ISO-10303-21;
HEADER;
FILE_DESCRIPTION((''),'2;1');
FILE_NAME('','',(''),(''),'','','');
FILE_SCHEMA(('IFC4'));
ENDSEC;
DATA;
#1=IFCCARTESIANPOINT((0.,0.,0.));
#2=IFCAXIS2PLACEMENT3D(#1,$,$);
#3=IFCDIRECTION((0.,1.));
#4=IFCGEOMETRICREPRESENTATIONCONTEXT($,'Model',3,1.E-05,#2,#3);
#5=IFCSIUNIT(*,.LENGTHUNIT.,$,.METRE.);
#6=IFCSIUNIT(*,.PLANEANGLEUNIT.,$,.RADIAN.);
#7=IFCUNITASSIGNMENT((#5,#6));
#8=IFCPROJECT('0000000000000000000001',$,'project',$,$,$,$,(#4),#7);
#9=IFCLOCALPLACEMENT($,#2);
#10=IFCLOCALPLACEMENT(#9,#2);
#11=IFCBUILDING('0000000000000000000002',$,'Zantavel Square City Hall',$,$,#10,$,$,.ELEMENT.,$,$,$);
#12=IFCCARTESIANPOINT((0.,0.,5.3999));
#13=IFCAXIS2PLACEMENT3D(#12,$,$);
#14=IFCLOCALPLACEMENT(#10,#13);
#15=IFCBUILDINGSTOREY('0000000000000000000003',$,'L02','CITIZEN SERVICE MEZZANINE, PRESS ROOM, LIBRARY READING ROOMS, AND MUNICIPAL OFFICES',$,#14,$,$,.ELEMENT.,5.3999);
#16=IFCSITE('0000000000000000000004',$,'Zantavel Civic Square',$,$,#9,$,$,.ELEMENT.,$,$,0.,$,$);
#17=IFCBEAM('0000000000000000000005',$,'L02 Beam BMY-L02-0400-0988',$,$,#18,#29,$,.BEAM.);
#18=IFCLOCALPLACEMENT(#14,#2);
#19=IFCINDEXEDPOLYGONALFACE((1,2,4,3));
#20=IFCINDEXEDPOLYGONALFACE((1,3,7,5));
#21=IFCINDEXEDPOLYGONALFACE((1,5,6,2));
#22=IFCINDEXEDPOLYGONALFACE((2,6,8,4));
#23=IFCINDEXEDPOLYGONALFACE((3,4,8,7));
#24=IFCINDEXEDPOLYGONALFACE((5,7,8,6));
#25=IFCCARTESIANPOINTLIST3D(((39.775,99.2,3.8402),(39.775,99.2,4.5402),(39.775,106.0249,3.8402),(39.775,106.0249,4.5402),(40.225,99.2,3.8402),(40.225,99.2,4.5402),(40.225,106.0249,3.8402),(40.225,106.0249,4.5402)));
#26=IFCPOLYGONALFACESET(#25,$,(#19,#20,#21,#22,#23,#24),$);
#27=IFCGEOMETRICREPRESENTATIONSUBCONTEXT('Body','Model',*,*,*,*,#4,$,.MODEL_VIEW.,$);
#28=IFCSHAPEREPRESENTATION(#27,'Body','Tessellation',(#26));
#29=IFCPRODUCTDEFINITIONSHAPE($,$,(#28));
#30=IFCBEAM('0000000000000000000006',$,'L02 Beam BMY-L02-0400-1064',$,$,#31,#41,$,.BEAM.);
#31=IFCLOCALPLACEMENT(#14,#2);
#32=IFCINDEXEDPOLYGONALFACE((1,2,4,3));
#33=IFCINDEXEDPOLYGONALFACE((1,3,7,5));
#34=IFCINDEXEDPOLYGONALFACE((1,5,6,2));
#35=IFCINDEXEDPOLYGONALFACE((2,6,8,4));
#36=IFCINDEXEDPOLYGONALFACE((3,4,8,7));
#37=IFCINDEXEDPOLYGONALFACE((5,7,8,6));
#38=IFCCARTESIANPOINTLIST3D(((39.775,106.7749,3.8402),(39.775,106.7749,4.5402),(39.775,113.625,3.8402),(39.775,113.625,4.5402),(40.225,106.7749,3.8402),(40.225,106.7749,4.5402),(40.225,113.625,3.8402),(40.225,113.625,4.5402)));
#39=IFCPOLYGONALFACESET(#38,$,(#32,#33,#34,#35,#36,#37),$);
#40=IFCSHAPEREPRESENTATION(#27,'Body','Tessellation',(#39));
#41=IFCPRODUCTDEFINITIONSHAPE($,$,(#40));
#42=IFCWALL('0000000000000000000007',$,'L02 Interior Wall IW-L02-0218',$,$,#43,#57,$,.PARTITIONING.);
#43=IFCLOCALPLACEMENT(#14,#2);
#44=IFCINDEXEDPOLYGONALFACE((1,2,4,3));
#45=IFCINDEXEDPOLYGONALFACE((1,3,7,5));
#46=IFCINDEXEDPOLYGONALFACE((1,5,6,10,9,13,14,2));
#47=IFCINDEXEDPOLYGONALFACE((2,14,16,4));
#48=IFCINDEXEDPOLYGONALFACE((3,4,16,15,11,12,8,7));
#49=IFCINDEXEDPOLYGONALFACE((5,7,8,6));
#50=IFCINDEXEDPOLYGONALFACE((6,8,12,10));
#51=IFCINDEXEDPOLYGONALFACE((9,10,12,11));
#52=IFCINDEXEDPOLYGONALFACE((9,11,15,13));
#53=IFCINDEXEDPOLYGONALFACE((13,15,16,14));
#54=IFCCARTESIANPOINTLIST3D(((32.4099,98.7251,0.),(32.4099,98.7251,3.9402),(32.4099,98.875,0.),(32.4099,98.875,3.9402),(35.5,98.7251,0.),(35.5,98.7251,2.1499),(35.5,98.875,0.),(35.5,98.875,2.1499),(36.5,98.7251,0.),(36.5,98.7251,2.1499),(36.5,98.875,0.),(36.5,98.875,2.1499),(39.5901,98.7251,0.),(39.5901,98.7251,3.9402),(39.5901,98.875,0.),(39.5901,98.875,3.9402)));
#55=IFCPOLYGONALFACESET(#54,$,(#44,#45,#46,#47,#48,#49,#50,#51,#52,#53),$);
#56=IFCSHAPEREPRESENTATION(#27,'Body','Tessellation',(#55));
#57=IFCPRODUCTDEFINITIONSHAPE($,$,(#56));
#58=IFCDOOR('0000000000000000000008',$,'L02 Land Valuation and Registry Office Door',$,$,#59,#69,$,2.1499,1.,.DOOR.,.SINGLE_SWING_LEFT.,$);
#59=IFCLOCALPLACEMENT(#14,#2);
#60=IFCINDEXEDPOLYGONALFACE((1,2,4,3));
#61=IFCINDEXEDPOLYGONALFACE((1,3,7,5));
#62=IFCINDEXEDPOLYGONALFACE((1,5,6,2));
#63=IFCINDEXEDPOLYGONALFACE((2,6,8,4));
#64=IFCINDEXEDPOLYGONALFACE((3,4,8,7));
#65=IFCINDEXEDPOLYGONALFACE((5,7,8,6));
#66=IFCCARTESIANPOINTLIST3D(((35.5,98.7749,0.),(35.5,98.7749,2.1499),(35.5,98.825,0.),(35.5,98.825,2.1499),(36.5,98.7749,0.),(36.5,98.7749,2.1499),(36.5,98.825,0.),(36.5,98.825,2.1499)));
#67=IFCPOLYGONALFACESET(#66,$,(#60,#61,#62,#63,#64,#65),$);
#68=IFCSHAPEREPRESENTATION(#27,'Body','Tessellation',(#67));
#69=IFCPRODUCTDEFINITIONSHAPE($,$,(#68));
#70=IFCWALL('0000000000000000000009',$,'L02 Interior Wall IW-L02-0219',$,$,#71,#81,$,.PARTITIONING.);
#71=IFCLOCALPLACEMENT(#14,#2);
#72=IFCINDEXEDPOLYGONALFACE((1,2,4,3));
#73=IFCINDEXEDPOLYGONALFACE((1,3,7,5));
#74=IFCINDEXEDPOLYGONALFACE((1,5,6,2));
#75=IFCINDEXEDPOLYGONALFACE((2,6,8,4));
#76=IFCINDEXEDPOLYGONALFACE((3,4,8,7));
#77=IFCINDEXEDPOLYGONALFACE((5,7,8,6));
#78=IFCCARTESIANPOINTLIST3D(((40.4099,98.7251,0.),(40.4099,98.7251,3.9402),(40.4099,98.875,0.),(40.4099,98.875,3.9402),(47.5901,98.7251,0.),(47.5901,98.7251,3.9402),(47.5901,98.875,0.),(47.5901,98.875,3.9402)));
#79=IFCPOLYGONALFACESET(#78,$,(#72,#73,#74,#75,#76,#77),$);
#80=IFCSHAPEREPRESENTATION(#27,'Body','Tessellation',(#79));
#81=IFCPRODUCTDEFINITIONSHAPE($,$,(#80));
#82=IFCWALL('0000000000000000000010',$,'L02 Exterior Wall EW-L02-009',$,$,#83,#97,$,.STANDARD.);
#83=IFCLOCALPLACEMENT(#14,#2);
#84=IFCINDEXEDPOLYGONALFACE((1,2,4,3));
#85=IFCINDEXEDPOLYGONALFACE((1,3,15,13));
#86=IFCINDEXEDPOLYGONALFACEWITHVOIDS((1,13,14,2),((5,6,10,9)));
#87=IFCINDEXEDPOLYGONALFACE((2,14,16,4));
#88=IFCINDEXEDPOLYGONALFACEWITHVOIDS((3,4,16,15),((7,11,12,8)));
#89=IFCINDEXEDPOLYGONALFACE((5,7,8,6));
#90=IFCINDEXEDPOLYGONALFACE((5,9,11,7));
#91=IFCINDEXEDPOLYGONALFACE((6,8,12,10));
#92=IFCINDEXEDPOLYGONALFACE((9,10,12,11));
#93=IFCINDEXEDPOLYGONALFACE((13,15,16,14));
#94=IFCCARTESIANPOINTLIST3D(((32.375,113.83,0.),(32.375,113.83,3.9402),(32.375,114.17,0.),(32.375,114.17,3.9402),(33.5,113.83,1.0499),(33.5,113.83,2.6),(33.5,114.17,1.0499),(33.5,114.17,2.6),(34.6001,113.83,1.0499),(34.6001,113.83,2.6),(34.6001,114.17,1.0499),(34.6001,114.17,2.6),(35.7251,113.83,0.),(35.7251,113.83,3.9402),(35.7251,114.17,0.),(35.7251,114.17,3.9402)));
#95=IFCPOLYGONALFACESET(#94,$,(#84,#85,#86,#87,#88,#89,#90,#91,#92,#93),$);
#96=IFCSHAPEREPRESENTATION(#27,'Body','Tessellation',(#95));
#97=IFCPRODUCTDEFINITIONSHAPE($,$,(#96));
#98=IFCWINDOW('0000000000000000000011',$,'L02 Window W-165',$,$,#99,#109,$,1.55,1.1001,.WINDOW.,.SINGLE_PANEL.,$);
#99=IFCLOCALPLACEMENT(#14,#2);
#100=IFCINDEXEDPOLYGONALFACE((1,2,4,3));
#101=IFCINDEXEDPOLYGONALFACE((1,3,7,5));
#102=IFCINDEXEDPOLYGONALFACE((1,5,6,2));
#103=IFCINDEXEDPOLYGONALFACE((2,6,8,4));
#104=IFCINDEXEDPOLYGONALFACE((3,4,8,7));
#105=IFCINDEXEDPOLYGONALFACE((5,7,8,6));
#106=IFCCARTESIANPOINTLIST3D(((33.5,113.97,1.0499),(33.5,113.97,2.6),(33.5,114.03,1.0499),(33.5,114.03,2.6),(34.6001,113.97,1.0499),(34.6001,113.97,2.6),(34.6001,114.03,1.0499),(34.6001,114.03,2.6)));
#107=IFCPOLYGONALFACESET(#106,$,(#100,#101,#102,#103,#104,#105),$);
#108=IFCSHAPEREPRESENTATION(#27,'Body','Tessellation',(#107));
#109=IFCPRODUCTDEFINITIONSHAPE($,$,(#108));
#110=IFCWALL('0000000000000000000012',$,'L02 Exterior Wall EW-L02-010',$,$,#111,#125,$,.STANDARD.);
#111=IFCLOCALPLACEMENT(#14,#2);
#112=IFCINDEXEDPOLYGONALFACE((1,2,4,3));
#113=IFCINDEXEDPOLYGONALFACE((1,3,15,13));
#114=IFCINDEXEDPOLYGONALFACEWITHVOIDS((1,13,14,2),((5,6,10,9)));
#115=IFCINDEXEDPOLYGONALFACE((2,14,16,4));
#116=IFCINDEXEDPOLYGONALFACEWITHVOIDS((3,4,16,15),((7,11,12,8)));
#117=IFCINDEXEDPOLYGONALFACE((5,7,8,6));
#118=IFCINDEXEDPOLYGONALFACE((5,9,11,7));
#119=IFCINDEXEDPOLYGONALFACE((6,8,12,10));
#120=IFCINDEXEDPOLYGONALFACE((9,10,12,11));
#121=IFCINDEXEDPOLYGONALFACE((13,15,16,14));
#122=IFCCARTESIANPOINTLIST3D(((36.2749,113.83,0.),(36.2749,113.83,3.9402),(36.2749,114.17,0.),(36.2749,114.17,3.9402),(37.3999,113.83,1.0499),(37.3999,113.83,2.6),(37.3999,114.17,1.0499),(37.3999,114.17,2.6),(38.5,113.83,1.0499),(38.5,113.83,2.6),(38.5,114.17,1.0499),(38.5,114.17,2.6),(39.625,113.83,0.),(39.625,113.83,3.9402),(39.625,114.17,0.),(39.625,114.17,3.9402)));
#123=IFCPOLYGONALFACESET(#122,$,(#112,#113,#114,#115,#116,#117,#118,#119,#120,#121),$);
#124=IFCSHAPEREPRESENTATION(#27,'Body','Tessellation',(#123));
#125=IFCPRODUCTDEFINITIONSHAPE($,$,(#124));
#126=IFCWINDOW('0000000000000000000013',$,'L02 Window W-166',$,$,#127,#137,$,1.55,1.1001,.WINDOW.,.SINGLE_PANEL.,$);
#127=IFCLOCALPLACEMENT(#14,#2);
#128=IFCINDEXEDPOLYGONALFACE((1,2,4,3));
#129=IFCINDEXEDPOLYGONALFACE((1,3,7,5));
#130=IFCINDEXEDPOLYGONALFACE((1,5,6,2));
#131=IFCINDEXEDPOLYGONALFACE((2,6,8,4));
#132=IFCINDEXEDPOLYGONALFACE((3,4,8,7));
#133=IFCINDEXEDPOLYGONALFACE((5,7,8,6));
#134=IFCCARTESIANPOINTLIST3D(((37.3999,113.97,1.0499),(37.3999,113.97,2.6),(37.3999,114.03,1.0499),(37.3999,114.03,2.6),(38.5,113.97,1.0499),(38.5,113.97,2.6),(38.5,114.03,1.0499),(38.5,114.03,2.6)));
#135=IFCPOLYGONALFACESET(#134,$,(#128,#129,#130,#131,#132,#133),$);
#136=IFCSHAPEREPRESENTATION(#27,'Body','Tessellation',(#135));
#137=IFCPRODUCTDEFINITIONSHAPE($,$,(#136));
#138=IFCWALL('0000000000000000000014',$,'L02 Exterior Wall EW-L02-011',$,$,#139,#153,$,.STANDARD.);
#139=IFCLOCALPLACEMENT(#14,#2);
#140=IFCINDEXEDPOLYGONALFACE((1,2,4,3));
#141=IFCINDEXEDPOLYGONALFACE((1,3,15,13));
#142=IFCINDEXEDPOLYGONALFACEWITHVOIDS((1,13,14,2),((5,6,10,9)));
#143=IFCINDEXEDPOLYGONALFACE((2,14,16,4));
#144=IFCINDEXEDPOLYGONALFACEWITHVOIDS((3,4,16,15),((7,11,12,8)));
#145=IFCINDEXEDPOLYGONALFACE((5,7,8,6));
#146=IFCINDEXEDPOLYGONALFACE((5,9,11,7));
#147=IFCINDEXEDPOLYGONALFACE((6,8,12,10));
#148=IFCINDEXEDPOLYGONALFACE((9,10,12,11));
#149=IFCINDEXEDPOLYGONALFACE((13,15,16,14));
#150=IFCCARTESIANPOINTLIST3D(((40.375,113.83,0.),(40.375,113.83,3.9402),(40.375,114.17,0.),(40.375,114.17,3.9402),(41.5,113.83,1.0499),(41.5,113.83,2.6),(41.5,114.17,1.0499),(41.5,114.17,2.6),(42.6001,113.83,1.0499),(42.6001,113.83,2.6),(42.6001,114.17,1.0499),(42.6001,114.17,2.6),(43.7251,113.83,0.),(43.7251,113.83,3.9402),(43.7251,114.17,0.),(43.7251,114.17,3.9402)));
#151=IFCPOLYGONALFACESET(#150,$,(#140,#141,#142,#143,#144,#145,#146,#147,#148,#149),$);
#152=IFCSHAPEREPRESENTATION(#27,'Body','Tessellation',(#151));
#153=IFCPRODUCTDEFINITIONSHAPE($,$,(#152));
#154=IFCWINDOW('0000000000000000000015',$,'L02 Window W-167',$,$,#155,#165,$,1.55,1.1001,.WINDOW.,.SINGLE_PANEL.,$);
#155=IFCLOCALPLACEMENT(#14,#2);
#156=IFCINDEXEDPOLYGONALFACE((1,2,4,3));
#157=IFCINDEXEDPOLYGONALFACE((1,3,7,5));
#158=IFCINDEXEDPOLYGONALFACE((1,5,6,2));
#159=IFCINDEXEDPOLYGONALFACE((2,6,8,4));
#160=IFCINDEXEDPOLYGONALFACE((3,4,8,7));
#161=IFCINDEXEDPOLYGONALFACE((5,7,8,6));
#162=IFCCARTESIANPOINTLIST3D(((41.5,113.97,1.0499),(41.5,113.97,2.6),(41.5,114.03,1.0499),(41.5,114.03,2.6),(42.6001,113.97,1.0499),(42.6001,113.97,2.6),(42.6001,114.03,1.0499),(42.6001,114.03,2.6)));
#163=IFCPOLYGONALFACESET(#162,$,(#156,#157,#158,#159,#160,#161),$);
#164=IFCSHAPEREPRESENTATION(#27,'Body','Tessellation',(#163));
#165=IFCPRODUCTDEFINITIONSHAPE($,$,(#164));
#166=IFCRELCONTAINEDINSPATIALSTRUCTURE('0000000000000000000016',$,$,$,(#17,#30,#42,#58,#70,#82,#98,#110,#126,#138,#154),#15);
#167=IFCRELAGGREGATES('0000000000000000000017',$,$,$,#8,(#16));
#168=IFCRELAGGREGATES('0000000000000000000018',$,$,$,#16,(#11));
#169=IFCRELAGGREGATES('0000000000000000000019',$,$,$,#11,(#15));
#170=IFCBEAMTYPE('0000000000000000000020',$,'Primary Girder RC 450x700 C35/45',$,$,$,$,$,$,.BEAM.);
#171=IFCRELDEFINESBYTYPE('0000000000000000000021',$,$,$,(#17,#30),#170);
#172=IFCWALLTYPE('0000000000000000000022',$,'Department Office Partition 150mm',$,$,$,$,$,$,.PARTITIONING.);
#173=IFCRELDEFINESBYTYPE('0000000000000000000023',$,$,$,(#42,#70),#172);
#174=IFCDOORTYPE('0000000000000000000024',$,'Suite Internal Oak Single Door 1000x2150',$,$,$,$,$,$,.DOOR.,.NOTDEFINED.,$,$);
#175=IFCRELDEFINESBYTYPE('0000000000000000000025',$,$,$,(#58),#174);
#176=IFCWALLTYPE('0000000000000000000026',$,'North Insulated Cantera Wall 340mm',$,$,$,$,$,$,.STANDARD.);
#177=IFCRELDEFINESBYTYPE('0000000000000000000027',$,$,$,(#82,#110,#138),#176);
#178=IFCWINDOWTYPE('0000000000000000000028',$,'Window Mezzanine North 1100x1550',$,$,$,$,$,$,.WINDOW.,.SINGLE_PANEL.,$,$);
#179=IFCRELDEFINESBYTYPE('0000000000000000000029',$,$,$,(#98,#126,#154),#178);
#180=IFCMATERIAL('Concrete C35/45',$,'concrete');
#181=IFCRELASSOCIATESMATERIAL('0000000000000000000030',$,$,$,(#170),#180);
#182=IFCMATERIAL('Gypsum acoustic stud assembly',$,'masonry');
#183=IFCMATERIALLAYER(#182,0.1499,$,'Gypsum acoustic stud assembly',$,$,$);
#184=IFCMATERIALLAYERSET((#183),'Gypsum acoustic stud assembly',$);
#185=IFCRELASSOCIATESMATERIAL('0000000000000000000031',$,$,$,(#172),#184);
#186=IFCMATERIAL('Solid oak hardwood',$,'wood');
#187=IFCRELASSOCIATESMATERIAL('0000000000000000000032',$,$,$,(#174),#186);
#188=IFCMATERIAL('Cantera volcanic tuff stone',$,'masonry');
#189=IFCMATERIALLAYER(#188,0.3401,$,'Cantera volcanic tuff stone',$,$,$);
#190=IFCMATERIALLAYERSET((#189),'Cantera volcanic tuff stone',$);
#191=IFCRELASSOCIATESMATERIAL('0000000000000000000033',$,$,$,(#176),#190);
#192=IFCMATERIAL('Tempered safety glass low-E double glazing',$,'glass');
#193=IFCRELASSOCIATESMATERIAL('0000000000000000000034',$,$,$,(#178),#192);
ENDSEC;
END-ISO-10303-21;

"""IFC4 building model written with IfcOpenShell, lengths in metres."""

from ifc_helpers import new_model, si_unit, direction, frame, frame_2d, origin, origin_2d, place, context, subcontext, project, spatial, rectangle, extrude, material, layer, layer_set, material_profile, profile_set, type_object, element, fill, save


model = new_model("IFC4")

# Units and contexts
model_context = context("Model", 3, precision=1e-05, world=origin(), true_north=direction((0.0, 1.0)))
body_context = subcontext(model_context, "Body", "Model", "MODEL_VIEW")
ifc_project = project(units=[si_unit("LENGTHUNIT", "METRE"), si_unit("PLANEANGLEUNIT", "RADIAN")], contexts=[model_context])

# Site, building, storey
site_placement = place(None, origin())
site = spatial("IfcSite", under=ifc_project, at=site_placement, Name="Zantavel Civic Square", CompositionType="ELEMENT", RefElevation=0.0)
building_placement = place(site_placement, origin())
building = spatial("IfcBuilding", under=site, at=building_placement, Name="Zantavel Square City Hall", CompositionType="ELEMENT")
storey_placement = place(building_placement, frame((0.0, 0.0, 5.3999)))
storey = spatial("IfcBuildingStorey", under=building, at=storey_placement, Name="L02", Description="CITIZEN SERVICE MEZZANINE, PRESS ROOM, LIBRARY READING ROOMS, AND MUNICIPAL OFFICES", CompositionType="ELEMENT", Elevation=5.3999)

# Beams
ifc_material_1 = material(Name="Concrete C35/45", Category="concrete")
ifc_material_profile_1 = material_profile(ifc_material_1, rectangle(XDim=0.45, YDim=0.7, at=origin_2d()), Name="RC 450x700")
ifc_profile_set_1 = profile_set([ifc_material_profile_1], Name="Concrete C35/45")
beam_type_1 = type_object("IfcBeamType", Name="Primary Girder RC 450x700 C35/45", PredefinedType="BEAM", material=ifc_profile_set_1)
beam_1_placement = place(storey_placement, frame((40.0, 99.2, 4.1902), z_axis=(0.0, 1.0, 0.0), x_axis=(-1.0, 0.0, 0.0)))
element("IfcBeam", 1, at=beam_1_placement, inside=storey, type_object=beam_type_1, Name="L02 Beam BMY-L02-0400-0988", PredefinedType="BEAM", context=body_context, shape_type="SweptSolid", body=[
    extrude(rectangle(XDim=0.45, YDim=0.7, at=origin_2d()), origin(), (0.0, 0.0, 1.0), 6.825),
])
beam_2_placement = place(storey_placement, frame((40.0, 106.7749, 4.1902), z_axis=(0.0, 1.0, 0.0), x_axis=(-1.0, 0.0, 0.0)))
element("IfcBeam", 2, at=beam_2_placement, inside=storey, type_object=beam_type_1, Name="L02 Beam BMY-L02-0400-1064", PredefinedType="BEAM", context=body_context, shape_type="SweptSolid", body=[
    extrude(rectangle(XDim=0.45, YDim=0.7, at=origin_2d()), origin(), (0.0, 0.0, 1.0), 6.8501),
])

# Wall, opening, door
ifc_material_2 = material(Name="Gypsum acoustic stud assembly", Category="masonry")
ifc_layer_1 = layer(ifc_material_2, 0.1499, Name="Gypsum acoustic stud assembly")
ifc_layer_set_1 = layer_set([ifc_layer_1], Name="Gypsum acoustic stud assembly")
wall_type_1 = type_object("IfcWallType", Name="Department Office Partition 150mm", PredefinedType="PARTITIONING", material=ifc_layer_set_1)
wall_1_placement = place(storey_placement, frame((32.4099, 98.8, 0.0), z_axis=(0.0, 0.0, 1.0), x_axis=(1.0, 0.0, 0.0)))
wall_1 = element("IfcWall", 3, at=wall_1_placement, inside=storey, type_object=wall_type_1, Name="L02 Interior Wall IW-L02-0218", PredefinedType="PARTITIONING", context=body_context, shape_type="SweptSolid", body=[
    extrude(rectangle(XDim=7.1802, YDim=0.1499, at=frame_2d((3.5901, 0.0))), origin(), (0.0, 0.0, 1.0), 3.9402),
])
opening_1_placement = place(wall_1_placement, frame((3.0901, 0.0, 0.0)))
opening_1 = element("IfcOpeningElement", 4, at=opening_1_placement, cuts=wall_1, PredefinedType="OPENING", context=body_context, shape_type="SweptSolid", body=[
    extrude(rectangle(XDim=1.0, YDim=2.1499, at=frame_2d((0.5, 1.075))), frame((0.0, 0.085, 0.0), z_axis=(0.0, -1.0, 0.0), x_axis=(1.0, 0.0, 0.0)), (0.0, 0.0, 1.0), 0.1699),
])
ifc_material_3 = material(Name="Solid oak hardwood", Category="wood")
door_type = type_object("IfcDoorType", Name="Suite Internal Oak Single Door 1000x2150", OperationType="NOTDEFINED", PredefinedType="DOOR", material=ifc_material_3)
door_placement = place(opening_1_placement, origin())
door = element("IfcDoor", 5, at=door_placement, inside=storey, type_object=door_type, Name="L02 Land Valuation and Registry Office Door", OperationType="SINGLE_SWING_LEFT", OverallHeight=2.1499, OverallWidth=1.0, PredefinedType="DOOR", context=body_context, shape_type="SweptSolid", body=[
    extrude(rectangle(XDim=1.0, YDim=2.1499, at=frame_2d((0.5, 1.075))), frame((0.0, 0.0249, 0.0), z_axis=(0.0, -1.0, 0.0), x_axis=(1.0, 0.0, 0.0)), (0.0, 0.0, 1.0), 0.05),
])
fill(opening_1, door)

# Wall
wall_2_placement = place(storey_placement, frame((40.4099, 98.8, 0.0), z_axis=(0.0, 0.0, 1.0), x_axis=(1.0, 0.0, 0.0)))
element("IfcWall", 6, at=wall_2_placement, inside=storey, type_object=wall_type_1, Name="L02 Interior Wall IW-L02-0219", PredefinedType="PARTITIONING", context=body_context, shape_type="SweptSolid", body=[
    extrude(rectangle(XDim=7.1802, YDim=0.1499, at=frame_2d((3.5901, 0.0))), origin(), (0.0, 0.0, 1.0), 3.9402),
])

# Walls, openings, windows
ifc_material_4 = material(Name="Cantera volcanic tuff stone", Category="masonry")
ifc_layer_2 = layer(ifc_material_4, 0.3401, Name="Cantera volcanic tuff stone")
ifc_layer_set_2 = layer_set([ifc_layer_2], Name="Cantera volcanic tuff stone")
wall_type_2 = type_object("IfcWallType", Name="North Insulated Cantera Wall 340mm", PredefinedType="STANDARD", material=ifc_layer_set_2)
wall_3_placement = place(storey_placement, frame((32.375, 114.0, 0.0), z_axis=(0.0, 0.0, 1.0), x_axis=(1.0, 0.0, 0.0)))
wall_3 = element("IfcWall", 7, at=wall_3_placement, inside=storey, type_object=wall_type_2, Name="L02 Exterior Wall EW-L02-009", PredefinedType="STANDARD", context=body_context, shape_type="SweptSolid", body=[
    extrude(rectangle(XDim=3.3501, YDim=0.3401, at=frame_2d((1.675, 0.0))), origin(), (0.0, 0.0, 1.0), 3.9402),
])
opening_2_placement = place(wall_3_placement, frame((1.125, 0.0, 1.05)))
opening_2 = element("IfcOpeningElement", 8, at=opening_2_placement, cuts=wall_3, PredefinedType="OPENING", context=body_context, shape_type="SweptSolid", body=[
    extrude(rectangle(XDim=1.1001, YDim=1.55, at=frame_2d((0.55, 0.7749))), frame((0.0, 0.1799, 0.0), z_axis=(0.0, -1.0, 0.0), x_axis=(1.0, 0.0, 0.0)), (0.0, 0.0, 1.0), 0.3601),
])
ifc_material_5 = material(Name="Tempered safety glass low-E double glazing", Category="glass")
window_type = type_object("IfcWindowType", Name="Window Mezzanine North 1100x1550", PartitioningType="SINGLE_PANEL", PredefinedType="WINDOW", material=ifc_material_5)
window_1_placement = place(opening_2_placement, origin())
window_1 = element("IfcWindow", 9, at=window_1_placement, inside=storey, type_object=window_type, Name="L02 Window W-165", OverallHeight=1.55, OverallWidth=1.1001, PartitioningType="SINGLE_PANEL", PredefinedType="WINDOW", context=body_context, shape_type="SweptSolid", body=[
    extrude(rectangle(XDim=1.1001, YDim=1.55, at=frame_2d((0.55, 0.7749))), frame((0.0, 0.03, 0.0), z_axis=(0.0, -1.0, 0.0), x_axis=(1.0, 0.0, 0.0)), (0.0, 0.0, 1.0), 0.0601),
])
fill(opening_2, window_1)
wall_4_placement = place(storey_placement, frame((36.2749, 114.0, 0.0), z_axis=(0.0, 0.0, 1.0), x_axis=(1.0, 0.0, 0.0)))
wall_4 = element("IfcWall", 10, at=wall_4_placement, inside=storey, type_object=wall_type_2, Name="L02 Exterior Wall EW-L02-010", PredefinedType="STANDARD", context=body_context, shape_type="SweptSolid", body=[
    extrude(rectangle(XDim=3.3501, YDim=0.3401, at=frame_2d((1.675, 0.0))), origin(), (0.0, 0.0, 1.0), 3.9402),
])
opening_3_placement = place(wall_4_placement, frame((1.125, 0.0, 1.05)))
opening_3 = element("IfcOpeningElement", 11, at=opening_3_placement, cuts=wall_4, PredefinedType="OPENING", context=body_context, shape_type="SweptSolid", body=[
    extrude(rectangle(XDim=1.1001, YDim=1.55, at=frame_2d((0.55, 0.7749))), frame((0.0, 0.1799, 0.0), z_axis=(0.0, -1.0, 0.0), x_axis=(1.0, 0.0, 0.0)), (0.0, 0.0, 1.0), 0.3601),
])
window_2_placement = place(opening_3_placement, origin())
window_2 = element("IfcWindow", 12, at=window_2_placement, inside=storey, type_object=window_type, Name="L02 Window W-166", OverallHeight=1.55, OverallWidth=1.1001, PartitioningType="SINGLE_PANEL", PredefinedType="WINDOW", context=body_context, shape_type="SweptSolid", body=[
    extrude(rectangle(XDim=1.1001, YDim=1.55, at=frame_2d((0.55, 0.7749))), frame((0.0, 0.03, 0.0), z_axis=(0.0, -1.0, 0.0), x_axis=(1.0, 0.0, 0.0)), (0.0, 0.0, 1.0), 0.0601),
])
fill(opening_3, window_2)
wall_5_placement = place(storey_placement, frame((40.375, 114.0, 0.0), z_axis=(0.0, 0.0, 1.0), x_axis=(1.0, 0.0, 0.0)))
wall_5 = element("IfcWall", 13, at=wall_5_placement, inside=storey, type_object=wall_type_2, Name="L02 Exterior Wall EW-L02-011", PredefinedType="STANDARD", context=body_context, shape_type="SweptSolid", body=[
    extrude(rectangle(XDim=3.3501, YDim=0.3401, at=frame_2d((1.675, 0.0))), origin(), (0.0, 0.0, 1.0), 3.9402),
])
opening_4_placement = place(wall_5_placement, frame((1.125, 0.0, 1.05)))
opening_4 = element("IfcOpeningElement", 14, at=opening_4_placement, cuts=wall_5, PredefinedType="OPENING", context=body_context, shape_type="SweptSolid", body=[
    extrude(rectangle(XDim=1.1001, YDim=1.55, at=frame_2d((0.55, 0.7749))), frame((0.0, 0.1799, 0.0), z_axis=(0.0, -1.0, 0.0), x_axis=(1.0, 0.0, 0.0)), (0.0, 0.0, 1.0), 0.3601),
])
window_3_placement = place(opening_4_placement, origin())
window_3 = element("IfcWindow", 15, at=window_3_placement, inside=storey, type_object=window_type, Name="L02 Window W-167", OverallHeight=1.55, OverallWidth=1.1001, PartitioningType="SINGLE_PANEL", PredefinedType="WINDOW", context=body_context, shape_type="SweptSolid", body=[
    extrude(rectangle(XDim=1.1001, YDim=1.55, at=frame_2d((0.55, 0.7749))), frame((0.0, 0.03, 0.0), z_axis=(0.0, -1.0, 0.0), x_axis=(1.0, 0.0, 0.0)), (0.0, 0.0, 1.0), 0.0601),
])
fill(opening_4, window_3)

save(model, "model.ifc")
